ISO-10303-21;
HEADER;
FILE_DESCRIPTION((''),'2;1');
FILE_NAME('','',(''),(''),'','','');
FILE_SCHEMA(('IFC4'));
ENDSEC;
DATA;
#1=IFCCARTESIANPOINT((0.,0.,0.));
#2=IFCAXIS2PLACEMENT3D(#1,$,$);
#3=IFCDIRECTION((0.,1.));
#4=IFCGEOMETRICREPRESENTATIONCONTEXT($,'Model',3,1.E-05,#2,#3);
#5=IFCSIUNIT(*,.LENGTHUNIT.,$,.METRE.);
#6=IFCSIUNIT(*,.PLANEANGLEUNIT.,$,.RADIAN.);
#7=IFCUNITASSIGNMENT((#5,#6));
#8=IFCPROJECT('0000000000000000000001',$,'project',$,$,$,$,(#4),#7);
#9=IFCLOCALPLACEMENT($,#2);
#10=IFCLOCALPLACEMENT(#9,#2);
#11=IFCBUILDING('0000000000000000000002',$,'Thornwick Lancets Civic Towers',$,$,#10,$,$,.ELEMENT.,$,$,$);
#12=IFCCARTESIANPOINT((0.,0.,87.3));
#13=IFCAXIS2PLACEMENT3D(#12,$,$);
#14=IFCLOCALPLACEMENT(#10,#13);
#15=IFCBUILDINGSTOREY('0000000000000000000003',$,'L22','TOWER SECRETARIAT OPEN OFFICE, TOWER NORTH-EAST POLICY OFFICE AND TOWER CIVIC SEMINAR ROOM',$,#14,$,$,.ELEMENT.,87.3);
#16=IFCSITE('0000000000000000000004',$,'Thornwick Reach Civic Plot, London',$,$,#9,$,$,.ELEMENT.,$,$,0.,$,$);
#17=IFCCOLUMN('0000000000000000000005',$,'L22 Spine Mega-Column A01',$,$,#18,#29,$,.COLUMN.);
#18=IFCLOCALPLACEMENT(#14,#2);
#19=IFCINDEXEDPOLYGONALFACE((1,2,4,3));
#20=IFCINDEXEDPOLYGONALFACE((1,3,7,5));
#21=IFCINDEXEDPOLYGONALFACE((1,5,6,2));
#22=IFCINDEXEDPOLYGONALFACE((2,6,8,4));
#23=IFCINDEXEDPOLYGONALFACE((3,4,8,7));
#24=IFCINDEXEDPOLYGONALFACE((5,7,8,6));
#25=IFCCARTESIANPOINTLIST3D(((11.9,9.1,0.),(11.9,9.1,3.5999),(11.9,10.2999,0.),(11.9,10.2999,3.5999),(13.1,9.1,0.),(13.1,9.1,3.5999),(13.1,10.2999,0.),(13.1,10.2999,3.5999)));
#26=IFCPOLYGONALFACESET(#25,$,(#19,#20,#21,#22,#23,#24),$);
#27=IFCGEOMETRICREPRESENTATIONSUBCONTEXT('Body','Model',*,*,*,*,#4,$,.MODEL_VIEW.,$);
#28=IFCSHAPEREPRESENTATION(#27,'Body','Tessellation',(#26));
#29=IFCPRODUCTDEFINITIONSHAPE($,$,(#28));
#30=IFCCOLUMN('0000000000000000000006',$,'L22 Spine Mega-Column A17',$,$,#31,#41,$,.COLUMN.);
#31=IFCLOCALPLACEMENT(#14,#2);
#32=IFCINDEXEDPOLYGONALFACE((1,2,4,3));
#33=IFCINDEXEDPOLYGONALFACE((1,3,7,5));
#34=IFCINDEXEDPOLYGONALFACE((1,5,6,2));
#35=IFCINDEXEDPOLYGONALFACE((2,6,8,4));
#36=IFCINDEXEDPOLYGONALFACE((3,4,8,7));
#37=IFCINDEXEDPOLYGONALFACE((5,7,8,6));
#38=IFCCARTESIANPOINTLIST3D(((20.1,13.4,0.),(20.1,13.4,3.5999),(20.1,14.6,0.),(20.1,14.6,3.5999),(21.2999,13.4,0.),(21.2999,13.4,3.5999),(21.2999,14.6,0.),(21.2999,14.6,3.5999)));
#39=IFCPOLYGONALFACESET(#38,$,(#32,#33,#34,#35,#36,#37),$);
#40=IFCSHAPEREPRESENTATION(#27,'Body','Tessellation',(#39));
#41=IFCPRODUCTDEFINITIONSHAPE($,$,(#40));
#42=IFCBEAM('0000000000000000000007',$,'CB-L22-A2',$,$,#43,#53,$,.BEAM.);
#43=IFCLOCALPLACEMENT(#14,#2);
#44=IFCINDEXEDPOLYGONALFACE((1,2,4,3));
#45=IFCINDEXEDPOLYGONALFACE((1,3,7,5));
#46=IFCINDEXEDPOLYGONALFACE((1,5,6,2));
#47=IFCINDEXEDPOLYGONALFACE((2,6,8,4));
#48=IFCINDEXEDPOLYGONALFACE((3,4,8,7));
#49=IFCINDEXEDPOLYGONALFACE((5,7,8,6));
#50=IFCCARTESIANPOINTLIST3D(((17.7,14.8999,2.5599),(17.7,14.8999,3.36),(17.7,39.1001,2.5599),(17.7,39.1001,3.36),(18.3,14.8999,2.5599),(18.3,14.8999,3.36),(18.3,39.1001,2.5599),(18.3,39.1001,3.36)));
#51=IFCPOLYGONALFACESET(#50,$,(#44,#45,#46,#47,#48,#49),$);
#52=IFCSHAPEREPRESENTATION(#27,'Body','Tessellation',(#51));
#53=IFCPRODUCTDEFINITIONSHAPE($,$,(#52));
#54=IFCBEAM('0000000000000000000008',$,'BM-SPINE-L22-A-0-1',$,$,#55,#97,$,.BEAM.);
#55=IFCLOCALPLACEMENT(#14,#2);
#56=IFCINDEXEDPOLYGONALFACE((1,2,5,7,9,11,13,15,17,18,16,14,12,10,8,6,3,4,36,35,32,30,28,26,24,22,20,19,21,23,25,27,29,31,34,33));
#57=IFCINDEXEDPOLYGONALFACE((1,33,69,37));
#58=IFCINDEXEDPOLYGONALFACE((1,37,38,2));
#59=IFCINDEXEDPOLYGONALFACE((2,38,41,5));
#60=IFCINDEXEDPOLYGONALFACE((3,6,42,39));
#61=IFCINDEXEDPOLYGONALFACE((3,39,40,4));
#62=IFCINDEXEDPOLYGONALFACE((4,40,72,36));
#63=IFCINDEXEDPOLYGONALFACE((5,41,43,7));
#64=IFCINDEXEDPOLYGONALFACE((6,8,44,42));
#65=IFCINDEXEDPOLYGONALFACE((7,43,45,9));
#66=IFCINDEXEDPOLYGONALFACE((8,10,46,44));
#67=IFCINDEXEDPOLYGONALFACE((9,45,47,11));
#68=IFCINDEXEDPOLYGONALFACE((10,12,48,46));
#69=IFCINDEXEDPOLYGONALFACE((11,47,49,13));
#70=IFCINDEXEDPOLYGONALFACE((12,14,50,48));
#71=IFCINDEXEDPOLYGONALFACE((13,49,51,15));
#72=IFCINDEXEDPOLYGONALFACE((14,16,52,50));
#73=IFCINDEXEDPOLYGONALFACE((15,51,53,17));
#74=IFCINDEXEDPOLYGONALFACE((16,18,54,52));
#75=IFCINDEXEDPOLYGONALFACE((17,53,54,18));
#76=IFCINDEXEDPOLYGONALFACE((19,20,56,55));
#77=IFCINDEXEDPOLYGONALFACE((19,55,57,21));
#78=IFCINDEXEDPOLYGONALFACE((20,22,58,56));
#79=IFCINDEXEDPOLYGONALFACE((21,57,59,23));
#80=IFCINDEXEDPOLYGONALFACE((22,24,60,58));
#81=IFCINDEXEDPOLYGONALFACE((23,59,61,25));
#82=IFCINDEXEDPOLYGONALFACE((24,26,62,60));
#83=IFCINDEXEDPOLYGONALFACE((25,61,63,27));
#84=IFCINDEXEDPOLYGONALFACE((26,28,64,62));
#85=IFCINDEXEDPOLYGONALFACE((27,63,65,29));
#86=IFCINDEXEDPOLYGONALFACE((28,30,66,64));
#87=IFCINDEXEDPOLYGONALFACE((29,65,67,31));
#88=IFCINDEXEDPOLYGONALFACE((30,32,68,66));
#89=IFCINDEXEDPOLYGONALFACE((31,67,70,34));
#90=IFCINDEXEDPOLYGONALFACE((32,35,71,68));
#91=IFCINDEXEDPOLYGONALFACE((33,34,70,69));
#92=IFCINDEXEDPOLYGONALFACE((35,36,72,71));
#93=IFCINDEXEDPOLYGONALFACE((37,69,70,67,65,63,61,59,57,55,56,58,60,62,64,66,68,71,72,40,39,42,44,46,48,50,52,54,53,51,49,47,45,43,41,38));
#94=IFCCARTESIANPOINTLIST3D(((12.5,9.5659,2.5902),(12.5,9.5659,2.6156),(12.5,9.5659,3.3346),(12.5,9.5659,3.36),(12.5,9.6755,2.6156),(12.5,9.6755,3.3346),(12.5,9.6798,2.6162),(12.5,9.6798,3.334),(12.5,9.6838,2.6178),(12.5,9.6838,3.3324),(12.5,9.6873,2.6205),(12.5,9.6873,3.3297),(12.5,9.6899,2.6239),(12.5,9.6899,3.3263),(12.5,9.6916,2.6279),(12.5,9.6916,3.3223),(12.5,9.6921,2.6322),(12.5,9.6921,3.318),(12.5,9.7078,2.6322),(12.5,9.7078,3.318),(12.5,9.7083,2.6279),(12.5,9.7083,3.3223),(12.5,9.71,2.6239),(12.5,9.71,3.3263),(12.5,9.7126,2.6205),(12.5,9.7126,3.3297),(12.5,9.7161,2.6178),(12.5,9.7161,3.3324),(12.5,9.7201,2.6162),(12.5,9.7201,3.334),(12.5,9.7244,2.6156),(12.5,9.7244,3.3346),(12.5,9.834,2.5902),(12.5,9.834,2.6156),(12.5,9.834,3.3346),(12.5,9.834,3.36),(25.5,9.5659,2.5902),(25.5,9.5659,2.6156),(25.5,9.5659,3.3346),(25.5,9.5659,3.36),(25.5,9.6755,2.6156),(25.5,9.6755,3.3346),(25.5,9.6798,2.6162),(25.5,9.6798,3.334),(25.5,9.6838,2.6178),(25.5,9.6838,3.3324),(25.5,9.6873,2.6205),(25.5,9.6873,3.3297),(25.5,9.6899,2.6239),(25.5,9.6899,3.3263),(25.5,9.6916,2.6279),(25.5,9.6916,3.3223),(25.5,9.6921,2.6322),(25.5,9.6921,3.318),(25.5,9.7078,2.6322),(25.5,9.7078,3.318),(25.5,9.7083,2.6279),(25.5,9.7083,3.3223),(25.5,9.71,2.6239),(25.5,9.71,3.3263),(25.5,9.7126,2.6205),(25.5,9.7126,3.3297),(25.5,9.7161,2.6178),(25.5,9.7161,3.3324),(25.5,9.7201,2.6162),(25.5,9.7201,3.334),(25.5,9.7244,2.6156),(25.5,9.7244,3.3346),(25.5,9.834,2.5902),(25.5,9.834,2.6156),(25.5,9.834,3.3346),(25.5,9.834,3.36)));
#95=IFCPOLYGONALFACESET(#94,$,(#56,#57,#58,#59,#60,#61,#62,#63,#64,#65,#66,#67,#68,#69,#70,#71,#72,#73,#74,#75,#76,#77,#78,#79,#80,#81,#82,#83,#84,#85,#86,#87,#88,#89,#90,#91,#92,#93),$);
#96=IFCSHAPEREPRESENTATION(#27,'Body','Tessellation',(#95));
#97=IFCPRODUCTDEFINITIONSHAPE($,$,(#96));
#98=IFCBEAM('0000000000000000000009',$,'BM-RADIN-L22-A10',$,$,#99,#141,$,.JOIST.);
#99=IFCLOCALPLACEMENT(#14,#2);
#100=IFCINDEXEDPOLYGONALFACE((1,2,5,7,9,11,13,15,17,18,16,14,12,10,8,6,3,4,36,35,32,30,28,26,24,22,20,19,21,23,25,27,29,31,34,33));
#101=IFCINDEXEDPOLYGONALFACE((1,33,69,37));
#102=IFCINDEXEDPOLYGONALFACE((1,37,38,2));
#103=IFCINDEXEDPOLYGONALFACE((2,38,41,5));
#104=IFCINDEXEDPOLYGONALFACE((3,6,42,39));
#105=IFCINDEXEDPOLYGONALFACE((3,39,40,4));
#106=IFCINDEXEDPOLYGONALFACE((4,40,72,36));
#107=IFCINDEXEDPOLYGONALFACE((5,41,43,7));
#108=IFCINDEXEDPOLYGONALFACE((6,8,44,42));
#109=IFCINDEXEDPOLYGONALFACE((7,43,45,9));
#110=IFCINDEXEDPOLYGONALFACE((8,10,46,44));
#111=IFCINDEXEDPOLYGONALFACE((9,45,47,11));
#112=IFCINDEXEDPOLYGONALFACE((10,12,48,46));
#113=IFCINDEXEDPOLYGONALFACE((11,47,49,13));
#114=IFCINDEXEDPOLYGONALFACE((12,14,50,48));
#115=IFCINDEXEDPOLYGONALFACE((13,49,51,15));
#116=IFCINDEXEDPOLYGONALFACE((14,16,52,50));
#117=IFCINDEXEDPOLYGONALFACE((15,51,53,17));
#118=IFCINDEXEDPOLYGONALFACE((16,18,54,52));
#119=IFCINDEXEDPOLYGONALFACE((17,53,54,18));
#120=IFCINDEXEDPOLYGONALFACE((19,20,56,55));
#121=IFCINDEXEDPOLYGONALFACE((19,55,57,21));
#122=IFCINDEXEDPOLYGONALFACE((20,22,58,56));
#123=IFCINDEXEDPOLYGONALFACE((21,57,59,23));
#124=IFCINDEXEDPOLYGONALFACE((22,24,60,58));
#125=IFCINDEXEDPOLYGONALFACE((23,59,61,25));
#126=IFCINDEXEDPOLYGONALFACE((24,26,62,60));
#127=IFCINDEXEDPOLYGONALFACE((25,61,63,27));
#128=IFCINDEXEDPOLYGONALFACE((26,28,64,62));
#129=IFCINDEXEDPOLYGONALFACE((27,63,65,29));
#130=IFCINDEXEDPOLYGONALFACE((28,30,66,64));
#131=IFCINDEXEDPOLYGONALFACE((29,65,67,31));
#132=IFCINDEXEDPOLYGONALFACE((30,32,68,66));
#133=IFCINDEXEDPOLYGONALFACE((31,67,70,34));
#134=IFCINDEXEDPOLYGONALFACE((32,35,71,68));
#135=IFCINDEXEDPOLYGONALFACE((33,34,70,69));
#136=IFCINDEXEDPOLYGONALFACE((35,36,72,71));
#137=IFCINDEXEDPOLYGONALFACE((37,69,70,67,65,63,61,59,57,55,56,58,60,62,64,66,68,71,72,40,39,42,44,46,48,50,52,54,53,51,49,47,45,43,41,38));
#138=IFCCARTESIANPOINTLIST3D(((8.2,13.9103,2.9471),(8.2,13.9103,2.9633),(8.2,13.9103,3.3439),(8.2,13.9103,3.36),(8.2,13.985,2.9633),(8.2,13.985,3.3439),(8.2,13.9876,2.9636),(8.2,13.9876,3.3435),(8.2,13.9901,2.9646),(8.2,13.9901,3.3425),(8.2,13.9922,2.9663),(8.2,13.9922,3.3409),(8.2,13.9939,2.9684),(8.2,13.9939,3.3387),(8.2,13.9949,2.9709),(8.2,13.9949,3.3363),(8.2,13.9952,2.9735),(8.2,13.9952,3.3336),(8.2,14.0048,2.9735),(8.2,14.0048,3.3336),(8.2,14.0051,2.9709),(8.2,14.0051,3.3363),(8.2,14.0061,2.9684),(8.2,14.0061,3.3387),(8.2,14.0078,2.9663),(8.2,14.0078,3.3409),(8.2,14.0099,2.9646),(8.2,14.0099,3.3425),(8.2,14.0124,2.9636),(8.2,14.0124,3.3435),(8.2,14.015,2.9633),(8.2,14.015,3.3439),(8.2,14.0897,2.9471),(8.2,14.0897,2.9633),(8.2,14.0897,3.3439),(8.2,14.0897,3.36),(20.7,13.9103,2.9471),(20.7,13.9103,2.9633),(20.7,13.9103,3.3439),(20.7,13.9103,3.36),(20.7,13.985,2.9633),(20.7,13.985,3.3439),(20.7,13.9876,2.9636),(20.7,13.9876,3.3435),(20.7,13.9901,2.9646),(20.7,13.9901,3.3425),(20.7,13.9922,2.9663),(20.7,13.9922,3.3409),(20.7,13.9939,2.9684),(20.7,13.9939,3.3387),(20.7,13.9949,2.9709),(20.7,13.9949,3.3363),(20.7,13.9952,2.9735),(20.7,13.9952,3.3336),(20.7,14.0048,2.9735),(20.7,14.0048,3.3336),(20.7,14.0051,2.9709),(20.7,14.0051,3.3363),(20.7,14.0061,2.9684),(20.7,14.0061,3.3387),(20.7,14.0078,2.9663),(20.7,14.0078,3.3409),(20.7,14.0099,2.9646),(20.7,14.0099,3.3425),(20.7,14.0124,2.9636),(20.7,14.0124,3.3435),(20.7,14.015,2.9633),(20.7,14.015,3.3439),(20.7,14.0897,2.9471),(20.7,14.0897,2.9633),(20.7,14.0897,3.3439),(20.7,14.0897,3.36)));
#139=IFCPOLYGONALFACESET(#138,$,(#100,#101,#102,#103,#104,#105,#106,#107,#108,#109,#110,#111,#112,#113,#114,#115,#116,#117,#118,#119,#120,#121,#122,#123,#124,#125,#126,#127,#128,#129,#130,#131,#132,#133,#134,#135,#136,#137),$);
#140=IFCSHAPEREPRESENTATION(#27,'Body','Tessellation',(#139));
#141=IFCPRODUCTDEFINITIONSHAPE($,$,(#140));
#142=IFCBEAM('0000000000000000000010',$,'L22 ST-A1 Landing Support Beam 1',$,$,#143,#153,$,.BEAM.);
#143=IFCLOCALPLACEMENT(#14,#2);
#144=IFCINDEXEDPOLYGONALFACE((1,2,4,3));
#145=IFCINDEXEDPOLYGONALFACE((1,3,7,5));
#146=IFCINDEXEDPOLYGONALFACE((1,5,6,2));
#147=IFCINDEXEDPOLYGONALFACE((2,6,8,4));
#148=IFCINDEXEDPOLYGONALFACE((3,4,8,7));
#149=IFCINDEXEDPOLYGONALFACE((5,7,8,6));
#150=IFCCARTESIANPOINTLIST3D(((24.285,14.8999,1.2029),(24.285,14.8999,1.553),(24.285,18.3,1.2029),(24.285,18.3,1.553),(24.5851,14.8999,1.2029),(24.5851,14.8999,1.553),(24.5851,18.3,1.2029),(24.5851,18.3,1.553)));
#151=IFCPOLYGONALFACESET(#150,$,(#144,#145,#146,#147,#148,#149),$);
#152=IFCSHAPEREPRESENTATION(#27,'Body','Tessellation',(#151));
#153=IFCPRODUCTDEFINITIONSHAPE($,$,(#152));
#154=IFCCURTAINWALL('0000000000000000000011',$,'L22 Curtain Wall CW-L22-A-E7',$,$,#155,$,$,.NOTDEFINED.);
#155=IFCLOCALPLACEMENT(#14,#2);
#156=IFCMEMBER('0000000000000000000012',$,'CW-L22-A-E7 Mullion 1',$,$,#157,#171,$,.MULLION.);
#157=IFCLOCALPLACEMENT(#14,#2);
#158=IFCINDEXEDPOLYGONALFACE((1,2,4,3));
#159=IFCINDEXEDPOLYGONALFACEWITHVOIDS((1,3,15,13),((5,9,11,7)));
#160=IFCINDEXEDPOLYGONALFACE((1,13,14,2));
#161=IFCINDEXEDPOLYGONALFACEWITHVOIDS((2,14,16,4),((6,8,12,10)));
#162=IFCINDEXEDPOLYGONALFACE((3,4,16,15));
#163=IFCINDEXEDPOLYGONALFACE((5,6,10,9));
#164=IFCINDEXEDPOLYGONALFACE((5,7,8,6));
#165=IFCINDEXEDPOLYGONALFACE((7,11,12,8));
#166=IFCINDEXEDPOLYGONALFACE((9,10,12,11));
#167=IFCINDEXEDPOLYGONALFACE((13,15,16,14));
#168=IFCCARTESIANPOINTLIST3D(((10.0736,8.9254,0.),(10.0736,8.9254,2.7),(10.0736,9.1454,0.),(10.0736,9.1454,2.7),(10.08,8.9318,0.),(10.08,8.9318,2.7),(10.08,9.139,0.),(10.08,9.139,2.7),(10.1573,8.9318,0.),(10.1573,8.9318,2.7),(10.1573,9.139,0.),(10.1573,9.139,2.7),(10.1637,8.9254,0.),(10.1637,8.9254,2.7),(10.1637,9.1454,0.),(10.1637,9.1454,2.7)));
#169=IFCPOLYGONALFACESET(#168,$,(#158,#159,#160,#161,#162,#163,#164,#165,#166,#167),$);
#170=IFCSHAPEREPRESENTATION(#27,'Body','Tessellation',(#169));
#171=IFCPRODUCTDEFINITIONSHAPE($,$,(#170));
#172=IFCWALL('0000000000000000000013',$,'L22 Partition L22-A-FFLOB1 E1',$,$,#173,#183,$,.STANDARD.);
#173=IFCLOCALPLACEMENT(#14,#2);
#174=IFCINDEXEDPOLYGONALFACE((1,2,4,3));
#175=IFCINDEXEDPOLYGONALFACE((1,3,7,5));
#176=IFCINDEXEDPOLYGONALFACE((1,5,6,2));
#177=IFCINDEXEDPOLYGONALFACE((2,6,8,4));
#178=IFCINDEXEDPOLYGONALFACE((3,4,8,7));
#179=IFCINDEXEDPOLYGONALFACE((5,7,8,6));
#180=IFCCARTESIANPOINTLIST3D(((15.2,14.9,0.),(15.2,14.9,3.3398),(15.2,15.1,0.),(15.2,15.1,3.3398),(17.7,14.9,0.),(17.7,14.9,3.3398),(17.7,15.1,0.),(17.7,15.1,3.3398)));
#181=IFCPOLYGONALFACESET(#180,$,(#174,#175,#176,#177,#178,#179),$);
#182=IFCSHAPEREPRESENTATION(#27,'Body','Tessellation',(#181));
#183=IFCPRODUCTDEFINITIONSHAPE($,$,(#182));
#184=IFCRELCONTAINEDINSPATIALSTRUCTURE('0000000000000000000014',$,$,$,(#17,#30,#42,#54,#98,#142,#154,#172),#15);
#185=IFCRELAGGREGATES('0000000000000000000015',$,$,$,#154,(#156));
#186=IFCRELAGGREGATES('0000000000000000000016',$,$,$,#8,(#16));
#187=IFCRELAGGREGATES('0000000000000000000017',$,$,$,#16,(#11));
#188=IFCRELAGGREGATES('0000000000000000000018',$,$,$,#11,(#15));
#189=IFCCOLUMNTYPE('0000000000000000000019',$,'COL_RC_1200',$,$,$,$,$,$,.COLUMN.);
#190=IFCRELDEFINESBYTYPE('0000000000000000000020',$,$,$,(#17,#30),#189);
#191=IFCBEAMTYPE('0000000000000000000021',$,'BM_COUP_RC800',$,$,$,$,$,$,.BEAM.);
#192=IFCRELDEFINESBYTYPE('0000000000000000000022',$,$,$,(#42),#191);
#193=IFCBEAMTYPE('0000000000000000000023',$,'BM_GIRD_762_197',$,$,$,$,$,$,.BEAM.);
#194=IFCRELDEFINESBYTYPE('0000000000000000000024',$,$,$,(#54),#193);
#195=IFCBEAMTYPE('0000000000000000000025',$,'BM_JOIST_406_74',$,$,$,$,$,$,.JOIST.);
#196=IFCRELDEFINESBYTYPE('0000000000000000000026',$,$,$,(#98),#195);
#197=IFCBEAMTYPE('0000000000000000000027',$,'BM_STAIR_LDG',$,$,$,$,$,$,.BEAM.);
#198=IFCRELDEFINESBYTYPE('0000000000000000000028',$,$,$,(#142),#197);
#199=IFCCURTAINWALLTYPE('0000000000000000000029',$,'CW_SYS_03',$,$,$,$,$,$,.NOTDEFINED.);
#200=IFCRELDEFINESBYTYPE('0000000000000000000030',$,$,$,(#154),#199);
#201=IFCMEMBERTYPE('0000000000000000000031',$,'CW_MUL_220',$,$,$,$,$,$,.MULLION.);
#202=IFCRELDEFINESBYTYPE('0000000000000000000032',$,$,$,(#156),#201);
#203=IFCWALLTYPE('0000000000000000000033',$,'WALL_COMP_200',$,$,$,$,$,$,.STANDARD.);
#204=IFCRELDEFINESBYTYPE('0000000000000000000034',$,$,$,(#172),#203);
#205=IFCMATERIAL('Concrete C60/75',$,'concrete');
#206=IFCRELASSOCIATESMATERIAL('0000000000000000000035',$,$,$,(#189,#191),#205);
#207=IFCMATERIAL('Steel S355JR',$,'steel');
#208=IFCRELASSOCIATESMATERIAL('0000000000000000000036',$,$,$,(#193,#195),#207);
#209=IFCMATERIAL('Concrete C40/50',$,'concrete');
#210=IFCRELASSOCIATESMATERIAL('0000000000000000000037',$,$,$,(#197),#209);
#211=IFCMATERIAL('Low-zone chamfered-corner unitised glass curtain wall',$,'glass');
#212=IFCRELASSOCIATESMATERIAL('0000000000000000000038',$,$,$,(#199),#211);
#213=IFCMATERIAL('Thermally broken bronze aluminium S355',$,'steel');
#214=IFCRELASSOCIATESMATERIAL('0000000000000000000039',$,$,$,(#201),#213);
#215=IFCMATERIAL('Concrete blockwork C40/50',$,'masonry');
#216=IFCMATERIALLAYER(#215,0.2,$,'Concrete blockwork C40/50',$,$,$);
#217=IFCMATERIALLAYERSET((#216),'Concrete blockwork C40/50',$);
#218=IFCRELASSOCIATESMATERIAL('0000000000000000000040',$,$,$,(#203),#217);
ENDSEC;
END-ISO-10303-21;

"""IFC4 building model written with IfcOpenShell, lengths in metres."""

from ifc_helpers import new_model, si_unit, direction, frame, frame_2d, origin, origin_2d, place, context, subcontext, project, spatial, rectangle, hollow_rectangle, i_section, extrude, material, layer, layer_set, material_profile, profile_set, type_object, element, aggregate, save


model = new_model("IFC4")

# Units and contexts
model_context = context("Model", 3, precision=1e-05, world=origin(), true_north=direction((0.0, 1.0)))
body_context = subcontext(model_context, "Body", "Model", "MODEL_VIEW")
ifc_project = project(units=[si_unit("LENGTHUNIT", "METRE"), si_unit("PLANEANGLEUNIT", "RADIAN")], contexts=[model_context])

# Site, building, storey
site_placement = place(None, origin())
site = spatial("IfcSite", under=ifc_project, at=site_placement, Name="Thornwick Reach Civic Plot, London", CompositionType="ELEMENT", RefElevation=0.0)
building_placement = place(site_placement, origin())
building = spatial("IfcBuilding", under=site, at=building_placement, Name="Thornwick Lancets Civic Towers", CompositionType="ELEMENT")
storey_placement = place(building_placement, frame((0.0, 0.0, 87.3)))
storey = spatial("IfcBuildingStorey", under=building, at=storey_placement, Name="L22", Description="TOWER SECRETARIAT OPEN OFFICE, TOWER NORTH-EAST POLICY OFFICE AND TOWER CIVIC SEMINAR ROOM", CompositionType="ELEMENT", Elevation=87.3)

# Columns
ifc_material_1 = material(Name="Concrete C60/75", Category="concrete")
ifc_material_profile_1 = material_profile(ifc_material_1, rectangle(XDim=1.2, YDim=1.2, at=origin_2d()), Name="RC 1200x1200")
ifc_profile_set_1 = profile_set([ifc_material_profile_1], Name="Concrete C60/75")
column_type = type_object("IfcColumnType", Name="COL_RC_1200", PredefinedType="COLUMN", material=ifc_profile_set_1)
for number, where, z_axis, x_axis, name in (
    (1, (12.5, 9.7, 0.0), (0.0, 0.0, 1.0), (1.0, 0.0, 0.0), "L22 Spine Mega-Column A01"),
    (2, (20.7, 14.0, 0.0), (0.0, 0.0, 1.0), (1.0, 0.0, 0.0), "L22 Spine Mega-Column A17"),
):
    element("IfcColumn", number, at=place(storey_placement, frame(where, z_axis=z_axis, x_axis=x_axis)), inside=storey, type_object=column_type, Name=name, PredefinedType="COLUMN", context=body_context, shape_type="SweptSolid", body=[
        extrude(rectangle(XDim=1.2, YDim=1.2, at=origin_2d()), origin(), (0.0, 0.0, 1.0), 3.5999),
    ])

# Beams
ifc_material_profile_2 = material_profile(ifc_material_1, rectangle(XDim=0.6001, YDim=0.8, at=origin_2d()), Name="RC 600x800")
ifc_profile_set_2 = profile_set([ifc_material_profile_2], Name="Concrete C60/75")
beam_type_1 = type_object("IfcBeamType", Name="BM_COUP_RC800", PredefinedType="BEAM", material=ifc_profile_set_2)
beam_1_placement = place(storey_placement, frame((18.0, 14.8999, 2.96), z_axis=(0.0, 1.0, 0.0), x_axis=(-1.0, 0.0, 0.0)))
element("IfcBeam", 3, at=beam_1_placement, inside=storey, type_object=beam_type_1, Name="CB-L22-A2", PredefinedType="BEAM", context=body_context, shape_type="SweptSolid", body=[
    extrude(rectangle(XDim=0.6001, YDim=0.8, at=origin_2d()), origin(), (0.0, 0.0, 1.0), 24.2002),
])
ifc_material_2 = material(Name="Steel S355JR", Category="steel")
ifc_material_profile_3 = material_profile(ifc_material_2, i_section(OverallWidth=0.2681, OverallDepth=0.7698, WebThickness=0.0156, FlangeThickness=0.0254, FilletRadius=0.0166, at=origin_2d()), Name="UKB 762x267x197")
ifc_profile_set_3 = profile_set([ifc_material_profile_3], Name="Steel S355JR")
beam_type_2 = type_object("IfcBeamType", Name="BM_GIRD_762_197", PredefinedType="BEAM", material=ifc_profile_set_3)
beam_2_placement = place(storey_placement, frame((12.5, 9.7, 2.9751), z_axis=(1.0, 0.0, 0.0), x_axis=(0.0, 1.0, 0.0)))
element("IfcBeam", 4, at=beam_2_placement, inside=storey, type_object=beam_type_2, Name="BM-SPINE-L22-A-0-1", PredefinedType="BEAM", context=body_context, shape_type="SweptSolid", body=[
    extrude(i_section(OverallWidth=0.2681, OverallDepth=0.7698, WebThickness=0.0156, FlangeThickness=0.0254, FilletRadius=0.0166, at=origin_2d()), origin(), (0.0, 0.0, 1.0), 13.0),
])
ifc_material_profile_4 = material_profile(ifc_material_2, i_section(OverallWidth=0.1794, OverallDepth=0.4128, WebThickness=0.0095, FlangeThickness=0.0161, FilletRadius=0.0103, at=origin_2d()), Name="UKB 406x178x74")
ifc_profile_set_4 = profile_set([ifc_material_profile_4], Name="Steel S355JR")
beam_type_3 = type_object("IfcBeamType", Name="BM_JOIST_406_74", PredefinedType="JOIST", material=ifc_profile_set_4)
beam_3_placement = place(storey_placement, frame((20.7, 14.0, 3.1536), z_axis=(-1.0, 0.0, 0.0), x_axis=(0.0, -1.0, 0.0)))
element("IfcBeam", 5, at=beam_3_placement, inside=storey, type_object=beam_type_3, Name="BM-RADIN-L22-A10", PredefinedType="JOIST", context=body_context, shape_type="SweptSolid", body=[
    extrude(i_section(OverallWidth=0.1794, OverallDepth=0.4128, WebThickness=0.0095, FlangeThickness=0.0161, FilletRadius=0.0103, at=origin_2d()), origin(), (0.0, 0.0, 1.0), 12.5),
])
ifc_material_3 = material(Name="Concrete C40/50", Category="concrete")
ifc_material_profile_5 = material_profile(ifc_material_3, rectangle(XDim=0.3, YDim=0.3501, at=origin_2d()), Name="RC 300x350")
ifc_profile_set_5 = profile_set([ifc_material_profile_5], Name="Concrete C40/50")
beam_type_4 = type_object("IfcBeamType", Name="BM_STAIR_LDG", PredefinedType="BEAM", material=ifc_profile_set_5)
beam_4_placement = place(storey_placement, frame((24.4351, 14.8999, 1.3779), z_axis=(0.0, 1.0, 0.0), x_axis=(-1.0, 0.0, 0.0)))
element("IfcBeam", 6, at=beam_4_placement, inside=storey, type_object=beam_type_4, Name="L22 ST-A1 Landing Support Beam 1", PredefinedType="BEAM", context=body_context, shape_type="SweptSolid", body=[
    extrude(rectangle(XDim=0.3, YDim=0.3501, at=origin_2d()), origin(), (0.0, 0.0, 1.0), 3.4001),
])

# Curtain wall, member
ifc_material_4 = material(Name="Low-zone chamfered-corner unitised glass curtain wall", Category="glass")
curtain_wall_type = type_object("IfcCurtainWallType", Name="CW_SYS_03", PredefinedType="NOTDEFINED", material=ifc_material_4)
curtain_wall_placement = place(storey_placement, origin())
curtain_wall = element("IfcCurtainWall", 7, at=curtain_wall_placement, inside=storey, type_object=curtain_wall_type, Name="L22 Curtain Wall CW-L22-A-E7", PredefinedType="NOTDEFINED")
ifc_material_5 = material(Name="Thermally broken bronze aluminium S355", Category="steel")
ifc_material_profile_6 = material_profile(ifc_material_5, hollow_rectangle(XDim=0.0901, YDim=0.22, WallThickness=0.0063, at=origin_2d()), Name="RHS 220x90x6.3")
ifc_profile_set_6 = profile_set([ifc_material_profile_6], Name="Thermally broken bronze aluminium S355")
member_type = type_object("IfcMemberType", Name="CW_MUL_220", PredefinedType="MULLION", material=ifc_profile_set_6)
member_placement = place(storey_placement, frame((10.1187, 9.0354, 0.0), z_axis=(0.0, 0.0, 1.0), x_axis=(1.0, 0.0, 0.0)))
member = element("IfcMember", 8, at=member_placement, type_object=member_type, Name="CW-L22-A-E7 Mullion 1", PredefinedType="MULLION", context=body_context, shape_type="SweptSolid", body=[
    extrude(hollow_rectangle(XDim=0.0901, YDim=0.22, WallThickness=0.0063, at=origin_2d()), origin(), (0.0, 0.0, 1.0), 2.7),
])
aggregate(curtain_wall, [member])

# Wall
ifc_material_6 = material(Name="Concrete blockwork C40/50", Category="masonry")
ifc_layer_1 = layer(ifc_material_6, 0.2, Name="Concrete blockwork C40/50")
ifc_layer_set_1 = layer_set([ifc_layer_1], Name="Concrete blockwork C40/50")
wall_type_1 = type_object("IfcWallType", Name="WALL_COMP_200", PredefinedType="STANDARD", material=ifc_layer_set_1)
wall_1_placement = place(storey_placement, frame((15.2, 15.0, 0.0), z_axis=(0.0, 0.0, 1.0), x_axis=(1.0, 0.0, 0.0)))
element("IfcWall", 9, at=wall_1_placement, inside=storey, type_object=wall_type_1, Name="L22 Partition L22-A-FFLOB1 E1", PredefinedType="STANDARD", context=body_context, shape_type="SweptSolid", body=[
    extrude(rectangle(XDim=2.5, YDim=0.2, at=frame_2d((1.25, 0.0))), origin(), (0.0, 0.0, 1.0), 3.3398),
])

save(model, "model.ifc")
